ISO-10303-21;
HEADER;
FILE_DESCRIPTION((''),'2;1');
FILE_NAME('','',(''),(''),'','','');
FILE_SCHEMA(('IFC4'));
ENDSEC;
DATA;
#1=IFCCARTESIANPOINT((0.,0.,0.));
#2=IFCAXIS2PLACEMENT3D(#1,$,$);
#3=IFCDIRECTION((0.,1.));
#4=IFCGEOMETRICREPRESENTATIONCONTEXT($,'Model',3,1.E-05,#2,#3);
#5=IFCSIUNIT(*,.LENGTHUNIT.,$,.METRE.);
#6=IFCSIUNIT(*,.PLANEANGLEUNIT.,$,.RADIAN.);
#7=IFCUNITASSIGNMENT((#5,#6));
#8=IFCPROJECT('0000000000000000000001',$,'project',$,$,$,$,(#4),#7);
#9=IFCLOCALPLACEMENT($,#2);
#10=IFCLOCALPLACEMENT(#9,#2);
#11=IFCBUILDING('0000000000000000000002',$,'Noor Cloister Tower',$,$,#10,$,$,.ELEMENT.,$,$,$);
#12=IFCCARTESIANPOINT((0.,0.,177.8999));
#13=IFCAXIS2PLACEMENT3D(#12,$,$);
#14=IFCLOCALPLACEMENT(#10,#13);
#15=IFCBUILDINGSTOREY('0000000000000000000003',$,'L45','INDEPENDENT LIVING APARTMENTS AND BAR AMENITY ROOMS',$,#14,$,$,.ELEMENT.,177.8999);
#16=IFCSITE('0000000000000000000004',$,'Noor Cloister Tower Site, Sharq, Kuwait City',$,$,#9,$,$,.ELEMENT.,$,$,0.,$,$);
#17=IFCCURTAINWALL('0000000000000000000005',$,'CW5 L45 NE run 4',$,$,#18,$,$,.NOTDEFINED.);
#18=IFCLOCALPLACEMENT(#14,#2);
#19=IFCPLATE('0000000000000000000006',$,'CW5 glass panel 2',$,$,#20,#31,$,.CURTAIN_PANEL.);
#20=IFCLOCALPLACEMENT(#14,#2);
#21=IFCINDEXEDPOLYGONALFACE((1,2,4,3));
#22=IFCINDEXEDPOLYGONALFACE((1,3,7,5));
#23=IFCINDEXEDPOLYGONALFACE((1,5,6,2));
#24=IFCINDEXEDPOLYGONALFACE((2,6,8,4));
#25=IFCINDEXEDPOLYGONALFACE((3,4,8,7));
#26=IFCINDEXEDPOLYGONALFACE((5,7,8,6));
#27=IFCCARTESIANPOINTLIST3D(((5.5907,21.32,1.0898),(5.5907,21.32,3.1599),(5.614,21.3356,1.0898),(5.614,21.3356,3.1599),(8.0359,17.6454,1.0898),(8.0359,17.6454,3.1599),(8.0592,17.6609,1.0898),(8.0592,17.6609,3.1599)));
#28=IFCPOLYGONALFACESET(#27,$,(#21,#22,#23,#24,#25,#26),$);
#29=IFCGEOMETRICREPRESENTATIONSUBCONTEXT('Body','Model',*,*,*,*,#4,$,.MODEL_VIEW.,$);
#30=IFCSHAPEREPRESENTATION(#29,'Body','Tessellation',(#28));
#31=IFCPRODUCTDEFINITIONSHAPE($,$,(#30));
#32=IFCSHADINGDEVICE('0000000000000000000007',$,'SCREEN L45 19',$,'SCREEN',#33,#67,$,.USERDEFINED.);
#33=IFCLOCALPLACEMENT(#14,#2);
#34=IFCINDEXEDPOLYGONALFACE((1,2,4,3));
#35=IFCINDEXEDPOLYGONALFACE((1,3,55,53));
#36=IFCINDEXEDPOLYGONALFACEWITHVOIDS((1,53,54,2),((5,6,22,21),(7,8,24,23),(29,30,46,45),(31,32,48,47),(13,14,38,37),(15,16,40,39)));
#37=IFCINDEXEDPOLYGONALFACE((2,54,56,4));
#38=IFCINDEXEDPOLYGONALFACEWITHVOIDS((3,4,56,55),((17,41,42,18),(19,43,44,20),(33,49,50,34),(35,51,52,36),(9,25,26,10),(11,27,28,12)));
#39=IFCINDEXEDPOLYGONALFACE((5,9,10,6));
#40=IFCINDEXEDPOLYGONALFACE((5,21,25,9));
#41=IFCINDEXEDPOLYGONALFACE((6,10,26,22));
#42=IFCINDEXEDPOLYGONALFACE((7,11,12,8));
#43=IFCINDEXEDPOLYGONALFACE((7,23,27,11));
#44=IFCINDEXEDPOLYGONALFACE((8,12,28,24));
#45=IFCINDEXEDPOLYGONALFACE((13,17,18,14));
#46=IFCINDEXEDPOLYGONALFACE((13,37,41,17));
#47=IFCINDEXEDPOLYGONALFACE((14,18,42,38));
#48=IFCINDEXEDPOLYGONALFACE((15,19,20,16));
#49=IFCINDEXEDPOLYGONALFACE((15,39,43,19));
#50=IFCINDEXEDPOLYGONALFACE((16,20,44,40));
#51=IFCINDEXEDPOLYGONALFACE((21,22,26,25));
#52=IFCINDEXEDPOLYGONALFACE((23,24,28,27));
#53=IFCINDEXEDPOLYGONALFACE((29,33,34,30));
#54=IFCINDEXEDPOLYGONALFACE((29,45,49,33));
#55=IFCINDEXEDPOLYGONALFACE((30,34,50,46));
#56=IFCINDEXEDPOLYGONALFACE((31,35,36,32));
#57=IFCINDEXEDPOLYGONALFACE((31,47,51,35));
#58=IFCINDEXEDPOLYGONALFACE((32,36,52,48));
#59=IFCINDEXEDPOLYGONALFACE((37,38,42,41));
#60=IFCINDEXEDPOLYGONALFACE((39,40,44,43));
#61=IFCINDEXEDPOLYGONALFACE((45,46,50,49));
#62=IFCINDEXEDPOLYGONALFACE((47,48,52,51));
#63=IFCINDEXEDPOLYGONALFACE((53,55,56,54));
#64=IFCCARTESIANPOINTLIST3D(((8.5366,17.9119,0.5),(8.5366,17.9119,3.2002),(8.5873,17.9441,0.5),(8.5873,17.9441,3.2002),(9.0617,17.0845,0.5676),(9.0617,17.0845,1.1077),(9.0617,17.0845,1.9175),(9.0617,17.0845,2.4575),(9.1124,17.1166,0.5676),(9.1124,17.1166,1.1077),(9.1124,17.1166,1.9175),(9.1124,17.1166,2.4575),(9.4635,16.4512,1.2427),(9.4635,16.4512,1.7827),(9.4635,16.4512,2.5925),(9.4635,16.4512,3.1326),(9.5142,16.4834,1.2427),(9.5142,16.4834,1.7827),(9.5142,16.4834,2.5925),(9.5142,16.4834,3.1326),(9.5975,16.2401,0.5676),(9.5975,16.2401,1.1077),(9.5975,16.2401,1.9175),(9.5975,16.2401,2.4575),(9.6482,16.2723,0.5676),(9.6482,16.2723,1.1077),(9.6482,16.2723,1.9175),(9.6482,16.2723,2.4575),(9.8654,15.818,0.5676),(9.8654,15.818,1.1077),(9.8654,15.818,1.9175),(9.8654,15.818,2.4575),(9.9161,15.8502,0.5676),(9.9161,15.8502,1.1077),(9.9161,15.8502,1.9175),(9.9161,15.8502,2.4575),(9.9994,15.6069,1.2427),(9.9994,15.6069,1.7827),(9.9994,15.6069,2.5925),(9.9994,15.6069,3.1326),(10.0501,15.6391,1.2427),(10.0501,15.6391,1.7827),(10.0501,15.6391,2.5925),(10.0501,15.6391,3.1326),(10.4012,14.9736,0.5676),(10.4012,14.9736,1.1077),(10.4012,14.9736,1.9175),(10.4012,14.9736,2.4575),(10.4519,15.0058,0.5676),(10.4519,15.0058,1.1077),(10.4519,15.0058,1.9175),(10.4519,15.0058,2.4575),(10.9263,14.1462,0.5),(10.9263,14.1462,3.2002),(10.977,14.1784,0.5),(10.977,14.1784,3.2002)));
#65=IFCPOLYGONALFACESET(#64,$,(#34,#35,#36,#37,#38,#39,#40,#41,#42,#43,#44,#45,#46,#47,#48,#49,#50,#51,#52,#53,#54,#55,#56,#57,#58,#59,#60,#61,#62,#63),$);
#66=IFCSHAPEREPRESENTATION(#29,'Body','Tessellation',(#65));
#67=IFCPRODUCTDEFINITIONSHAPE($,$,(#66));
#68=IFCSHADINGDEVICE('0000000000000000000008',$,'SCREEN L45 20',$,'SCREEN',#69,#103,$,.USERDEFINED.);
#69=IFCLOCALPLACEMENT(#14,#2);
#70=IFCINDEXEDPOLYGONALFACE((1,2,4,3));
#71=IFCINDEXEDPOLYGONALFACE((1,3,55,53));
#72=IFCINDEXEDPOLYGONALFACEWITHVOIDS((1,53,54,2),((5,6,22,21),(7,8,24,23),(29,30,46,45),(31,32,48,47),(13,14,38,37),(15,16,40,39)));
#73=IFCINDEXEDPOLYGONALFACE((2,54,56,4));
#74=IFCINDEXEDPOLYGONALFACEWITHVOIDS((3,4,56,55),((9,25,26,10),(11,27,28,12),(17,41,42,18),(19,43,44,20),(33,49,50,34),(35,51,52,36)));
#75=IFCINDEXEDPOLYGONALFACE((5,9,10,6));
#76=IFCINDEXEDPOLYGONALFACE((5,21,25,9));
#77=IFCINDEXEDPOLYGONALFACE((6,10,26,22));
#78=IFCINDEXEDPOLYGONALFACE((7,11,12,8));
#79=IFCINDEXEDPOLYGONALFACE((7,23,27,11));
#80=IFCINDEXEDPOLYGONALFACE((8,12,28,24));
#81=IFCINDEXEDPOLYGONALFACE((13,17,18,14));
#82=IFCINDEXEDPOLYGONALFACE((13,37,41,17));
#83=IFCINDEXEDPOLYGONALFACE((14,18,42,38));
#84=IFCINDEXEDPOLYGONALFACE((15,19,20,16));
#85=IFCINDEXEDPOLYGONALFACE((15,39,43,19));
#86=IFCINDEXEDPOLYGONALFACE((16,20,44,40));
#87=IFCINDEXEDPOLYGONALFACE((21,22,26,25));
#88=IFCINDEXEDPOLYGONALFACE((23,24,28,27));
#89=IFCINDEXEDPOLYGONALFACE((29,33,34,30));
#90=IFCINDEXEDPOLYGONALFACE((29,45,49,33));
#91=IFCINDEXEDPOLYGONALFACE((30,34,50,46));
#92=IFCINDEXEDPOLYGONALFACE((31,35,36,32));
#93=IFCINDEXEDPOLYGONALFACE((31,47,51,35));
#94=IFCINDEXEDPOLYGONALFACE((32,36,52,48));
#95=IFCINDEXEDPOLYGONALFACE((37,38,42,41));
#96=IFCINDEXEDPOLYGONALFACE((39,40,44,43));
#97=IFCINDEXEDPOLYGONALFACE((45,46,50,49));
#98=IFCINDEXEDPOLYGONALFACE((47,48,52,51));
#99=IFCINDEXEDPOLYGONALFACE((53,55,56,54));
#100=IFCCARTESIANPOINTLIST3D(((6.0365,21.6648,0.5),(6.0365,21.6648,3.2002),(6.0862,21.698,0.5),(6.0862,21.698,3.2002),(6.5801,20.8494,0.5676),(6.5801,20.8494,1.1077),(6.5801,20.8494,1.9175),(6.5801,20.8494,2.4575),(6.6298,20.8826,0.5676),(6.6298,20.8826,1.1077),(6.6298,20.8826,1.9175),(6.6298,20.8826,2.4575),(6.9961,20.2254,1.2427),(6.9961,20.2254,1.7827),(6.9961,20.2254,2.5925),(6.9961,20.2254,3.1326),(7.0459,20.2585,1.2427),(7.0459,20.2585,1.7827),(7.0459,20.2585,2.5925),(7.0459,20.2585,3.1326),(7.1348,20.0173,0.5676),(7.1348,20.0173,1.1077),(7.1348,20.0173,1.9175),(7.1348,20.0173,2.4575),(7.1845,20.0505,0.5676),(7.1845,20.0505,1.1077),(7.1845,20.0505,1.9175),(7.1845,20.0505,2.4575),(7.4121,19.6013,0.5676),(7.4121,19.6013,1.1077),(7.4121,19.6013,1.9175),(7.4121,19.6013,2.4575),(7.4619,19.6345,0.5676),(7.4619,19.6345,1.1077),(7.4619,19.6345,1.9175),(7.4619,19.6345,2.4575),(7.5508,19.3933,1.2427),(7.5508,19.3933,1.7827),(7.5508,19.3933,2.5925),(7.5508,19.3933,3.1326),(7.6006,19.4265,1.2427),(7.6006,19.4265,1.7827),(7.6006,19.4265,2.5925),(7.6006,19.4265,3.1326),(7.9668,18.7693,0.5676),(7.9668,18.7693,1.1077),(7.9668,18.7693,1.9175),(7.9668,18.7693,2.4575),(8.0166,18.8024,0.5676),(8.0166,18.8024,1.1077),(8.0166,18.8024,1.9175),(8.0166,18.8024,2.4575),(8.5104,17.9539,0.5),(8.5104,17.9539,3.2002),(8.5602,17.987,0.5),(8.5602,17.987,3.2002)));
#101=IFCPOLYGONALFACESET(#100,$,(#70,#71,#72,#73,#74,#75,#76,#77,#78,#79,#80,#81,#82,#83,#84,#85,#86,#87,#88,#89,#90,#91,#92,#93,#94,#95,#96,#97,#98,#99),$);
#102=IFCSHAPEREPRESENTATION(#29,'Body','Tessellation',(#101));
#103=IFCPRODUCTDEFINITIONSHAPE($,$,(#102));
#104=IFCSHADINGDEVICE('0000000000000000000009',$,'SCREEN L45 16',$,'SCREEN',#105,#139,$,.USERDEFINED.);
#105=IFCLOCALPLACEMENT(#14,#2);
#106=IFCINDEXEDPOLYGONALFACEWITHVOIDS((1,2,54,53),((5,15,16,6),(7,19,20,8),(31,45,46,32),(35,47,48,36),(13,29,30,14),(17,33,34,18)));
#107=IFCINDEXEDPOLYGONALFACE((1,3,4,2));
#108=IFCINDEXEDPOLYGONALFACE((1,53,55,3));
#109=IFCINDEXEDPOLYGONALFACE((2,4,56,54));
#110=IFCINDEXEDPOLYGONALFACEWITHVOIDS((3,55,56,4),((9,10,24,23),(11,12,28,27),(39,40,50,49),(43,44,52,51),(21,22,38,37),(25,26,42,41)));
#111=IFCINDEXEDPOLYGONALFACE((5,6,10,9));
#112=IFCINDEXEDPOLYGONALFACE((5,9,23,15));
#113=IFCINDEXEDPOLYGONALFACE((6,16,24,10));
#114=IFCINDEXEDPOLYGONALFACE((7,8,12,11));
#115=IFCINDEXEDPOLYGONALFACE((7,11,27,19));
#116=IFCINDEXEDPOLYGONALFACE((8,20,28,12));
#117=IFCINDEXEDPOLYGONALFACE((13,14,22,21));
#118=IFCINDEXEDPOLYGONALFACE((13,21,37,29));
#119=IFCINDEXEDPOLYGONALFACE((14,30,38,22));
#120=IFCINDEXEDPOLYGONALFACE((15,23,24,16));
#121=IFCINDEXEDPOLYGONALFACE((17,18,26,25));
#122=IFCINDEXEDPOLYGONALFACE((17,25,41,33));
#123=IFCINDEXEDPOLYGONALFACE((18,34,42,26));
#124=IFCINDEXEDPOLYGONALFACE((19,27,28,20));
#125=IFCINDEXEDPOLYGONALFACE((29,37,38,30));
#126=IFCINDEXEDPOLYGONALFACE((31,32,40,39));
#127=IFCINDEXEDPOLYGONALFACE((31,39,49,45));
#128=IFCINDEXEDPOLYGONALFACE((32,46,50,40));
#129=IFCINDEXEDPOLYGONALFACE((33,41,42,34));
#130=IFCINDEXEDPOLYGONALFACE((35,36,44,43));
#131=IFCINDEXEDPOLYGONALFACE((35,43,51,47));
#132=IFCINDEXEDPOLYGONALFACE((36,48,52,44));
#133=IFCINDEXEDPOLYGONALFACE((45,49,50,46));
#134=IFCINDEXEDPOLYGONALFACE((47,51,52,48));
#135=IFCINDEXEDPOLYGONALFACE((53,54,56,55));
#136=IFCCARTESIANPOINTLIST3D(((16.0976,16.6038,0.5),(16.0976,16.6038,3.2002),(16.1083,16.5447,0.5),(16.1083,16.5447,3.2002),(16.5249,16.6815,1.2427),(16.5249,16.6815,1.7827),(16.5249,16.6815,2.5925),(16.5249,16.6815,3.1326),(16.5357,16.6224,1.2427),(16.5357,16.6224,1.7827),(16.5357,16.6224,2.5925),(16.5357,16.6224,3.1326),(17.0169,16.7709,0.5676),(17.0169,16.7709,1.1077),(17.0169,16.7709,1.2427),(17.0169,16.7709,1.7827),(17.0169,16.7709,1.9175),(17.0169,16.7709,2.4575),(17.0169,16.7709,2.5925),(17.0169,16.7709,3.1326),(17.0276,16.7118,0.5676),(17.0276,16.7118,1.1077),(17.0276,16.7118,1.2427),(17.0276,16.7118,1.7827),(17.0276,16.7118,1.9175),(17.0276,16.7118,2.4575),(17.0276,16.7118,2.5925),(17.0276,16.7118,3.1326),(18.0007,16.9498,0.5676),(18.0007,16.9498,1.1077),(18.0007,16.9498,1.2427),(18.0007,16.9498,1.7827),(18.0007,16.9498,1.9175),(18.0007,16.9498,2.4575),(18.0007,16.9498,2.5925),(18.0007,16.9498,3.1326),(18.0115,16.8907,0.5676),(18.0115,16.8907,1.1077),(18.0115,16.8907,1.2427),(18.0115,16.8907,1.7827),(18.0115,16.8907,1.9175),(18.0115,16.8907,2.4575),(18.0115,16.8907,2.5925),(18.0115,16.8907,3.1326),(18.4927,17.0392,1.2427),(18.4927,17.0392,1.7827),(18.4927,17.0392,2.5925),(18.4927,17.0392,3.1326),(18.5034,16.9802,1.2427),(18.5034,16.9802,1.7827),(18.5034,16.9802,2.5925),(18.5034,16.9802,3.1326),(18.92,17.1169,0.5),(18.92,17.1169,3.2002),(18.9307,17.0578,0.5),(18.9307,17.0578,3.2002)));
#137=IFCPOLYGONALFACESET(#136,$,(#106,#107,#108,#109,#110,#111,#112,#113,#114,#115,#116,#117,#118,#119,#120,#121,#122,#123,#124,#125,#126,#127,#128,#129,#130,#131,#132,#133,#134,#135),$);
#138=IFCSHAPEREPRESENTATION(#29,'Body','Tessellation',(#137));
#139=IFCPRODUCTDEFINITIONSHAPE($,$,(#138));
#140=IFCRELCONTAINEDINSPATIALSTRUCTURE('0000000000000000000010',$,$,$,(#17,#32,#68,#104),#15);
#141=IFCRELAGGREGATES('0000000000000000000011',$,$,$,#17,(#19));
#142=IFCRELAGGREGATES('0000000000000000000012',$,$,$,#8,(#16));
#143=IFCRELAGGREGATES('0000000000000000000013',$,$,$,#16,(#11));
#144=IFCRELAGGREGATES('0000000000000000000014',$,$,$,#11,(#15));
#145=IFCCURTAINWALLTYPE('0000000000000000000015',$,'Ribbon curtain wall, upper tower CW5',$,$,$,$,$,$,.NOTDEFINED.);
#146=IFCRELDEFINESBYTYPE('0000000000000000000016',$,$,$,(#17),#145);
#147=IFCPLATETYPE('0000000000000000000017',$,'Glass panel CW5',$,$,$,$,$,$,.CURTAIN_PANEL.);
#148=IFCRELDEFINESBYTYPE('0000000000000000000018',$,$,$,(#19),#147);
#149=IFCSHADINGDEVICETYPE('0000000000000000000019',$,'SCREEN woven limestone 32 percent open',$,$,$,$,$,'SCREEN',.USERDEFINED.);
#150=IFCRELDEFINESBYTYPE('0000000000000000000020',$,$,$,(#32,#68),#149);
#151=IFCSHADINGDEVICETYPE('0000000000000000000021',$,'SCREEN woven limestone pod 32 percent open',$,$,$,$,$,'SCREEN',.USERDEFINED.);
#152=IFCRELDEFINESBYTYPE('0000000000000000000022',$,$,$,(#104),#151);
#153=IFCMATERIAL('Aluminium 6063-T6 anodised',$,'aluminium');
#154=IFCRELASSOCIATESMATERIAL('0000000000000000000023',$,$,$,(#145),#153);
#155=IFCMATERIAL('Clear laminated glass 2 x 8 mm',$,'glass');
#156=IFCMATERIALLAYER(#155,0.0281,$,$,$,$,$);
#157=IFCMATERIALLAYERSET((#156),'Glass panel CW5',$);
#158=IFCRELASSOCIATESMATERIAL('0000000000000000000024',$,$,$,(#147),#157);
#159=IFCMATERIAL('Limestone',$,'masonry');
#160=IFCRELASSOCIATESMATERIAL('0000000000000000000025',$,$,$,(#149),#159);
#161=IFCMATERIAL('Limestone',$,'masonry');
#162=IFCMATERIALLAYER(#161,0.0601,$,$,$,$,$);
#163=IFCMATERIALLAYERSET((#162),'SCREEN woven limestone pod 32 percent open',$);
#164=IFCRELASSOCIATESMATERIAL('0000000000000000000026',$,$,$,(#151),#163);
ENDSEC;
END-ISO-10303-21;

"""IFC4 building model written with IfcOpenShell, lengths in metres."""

from ifc_helpers import new_model, si_unit, direction, frame, origin, origin_2d, place, context, subcontext, project, spatial, polyline, rectangle, outline, extrude, material, layer, layer_set, material_profile, profile_set, type_object, element, aggregate, save


model = new_model("IFC4")

# Units and contexts
model_context = context("Model", 3, precision=1e-05, world=origin(), true_north=direction((0.0, 1.0)))
body_context = subcontext(model_context, "Body", "Model", "MODEL_VIEW")
ifc_project = project(units=[si_unit("LENGTHUNIT", "METRE"), si_unit("PLANEANGLEUNIT", "RADIAN")], contexts=[model_context])

# Site, building, storey
site_placement = place(None, origin())
site = spatial("IfcSite", under=ifc_project, at=site_placement, Name="Noor Cloister Tower Site, Sharq, Kuwait City", CompositionType="ELEMENT", RefElevation=0.0)
building_placement = place(site_placement, origin())
building = spatial("IfcBuilding", under=site, at=building_placement, Name="Noor Cloister Tower", CompositionType="ELEMENT")
storey_placement = place(building_placement, frame((0.0, 0.0, 177.8999)))
storey = spatial("IfcBuildingStorey", under=building, at=storey_placement, Name="L45", Description="INDEPENDENT LIVING APARTMENTS AND BAR AMENITY ROOMS", CompositionType="ELEMENT", Elevation=177.8999)

# Curtain wall
ifc_material_1 = material(Name="Aluminium 6063-T6 anodised", Category="aluminium")
curtain_wall_type_1 = type_object("IfcCurtainWallType", Name="Ribbon curtain wall, upper tower CW5", PredefinedType="NOTDEFINED", material=ifc_material_1)
curtain_wall_1_placement = place(storey_placement, origin())
curtain_wall_1 = element("IfcCurtainWall", 1, at=curtain_wall_1_placement, inside=storey, type_object=curtain_wall_type_1, Name="CW5 L45 NE run 4", PredefinedType="NOTDEFINED")

# Plate
ifc_material_2 = material(Name="Clear laminated glass 2 x 8 mm", Category="glass")
ifc_layer_1 = layer(ifc_material_2, 0.0281)
ifc_layer_set_1 = layer_set([ifc_layer_1], Name="Glass panel CW5")
plate_type_1 = type_object("IfcPlateType", Name="Glass panel CW5", PredefinedType="CURTAIN_PANEL", material=ifc_layer_set_1)
plate_1_placement = place(storey_placement, frame((6.825, 19.4905, 1.0898), z_axis=(0.0, 0.0, 1.0), x_axis=(-0.553985, 0.832527, 0.0)))
plate_1 = element("IfcPlate", 2, at=plate_1_placement, type_object=plate_type_1, Name="CW5 glass panel 2", PredefinedType="CURTAIN_PANEL", context=body_context, shape_type="SweptSolid", body=[
    extrude(rectangle(XDim=4.4138, YDim=0.0281, at=origin_2d()), origin(), (0.0, 0.0, 1.0), 2.0701),
])
aggregate(curtain_wall_1, [plate_1])

# Shading devices
ifc_material_3 = material(Name="Limestone", Category="masonry")
ifc_material_profile_1 = material_profile(ifc_material_3, outline(polyline([(-2.23, -1.3501), (2.23, -1.3501), (2.23, 1.3501), (-2.23, 1.3501), (-2.23, -1.3501)]), holes=[polyline([(-1.25, -1.2825), (-0.25, -1.2825), (-0.25, -0.7424), (-1.25, -0.7424), (-1.25, -1.2825)]), polyline([(0.25, -1.2825), (1.25, -1.2825), (1.25, -0.7424), (0.25, -0.7424), (0.25, -1.2825)]), polyline([(-0.5, -0.6074), (0.5, -0.6074), (0.5, -0.0674), (-0.5, -0.0674), (-0.5, -0.6074)]), polyline([(-1.25, 0.0674), (-0.25, 0.0674), (-0.25, 0.6074), (-1.25, 0.6074), (-1.25, 0.0674)]), polyline([(0.25, 0.0674), (1.25, 0.0674), (1.25, 0.6074), (0.25, 0.6074), (0.25, 0.0674)]), polyline([(-0.5, 0.7424), (0.5, 0.7424), (0.5, 1.2825), (-0.5, 1.2825), (-0.5, 0.7424)])]), Name="Woven screen 32 percent open")
ifc_profile_set_1 = profile_set([ifc_material_profile_1], Name="Limestone")
shading_device_type_1 = type_object("IfcShadingDeviceType", Name="SCREEN woven limestone 32 percent open", ElementType="SCREEN", PredefinedType="USERDEFINED", material=ifc_profile_set_1)
shading_device_1_placement = place(storey_placement, frame((9.7314, 16.0291, 1.8501), z_axis=(0.844329, 0.535824, 0.0), x_axis=(-0.535824, 0.844329, 0.0)))
element("IfcShadingDevice", 3, at=shading_device_1_placement, inside=storey, type_object=shading_device_type_1, Name="SCREEN L45 19", ObjectType="SCREEN", PredefinedType="USERDEFINED", context=body_context, shape_type="SweptSolid", body=[
    extrude(outline(polyline([(-2.23, -1.3501), (2.23, -1.3501), (2.23, 1.3501), (-2.23, 1.3501), (-2.23, -1.3501)]), holes=[polyline([(-1.25, -1.2825), (-0.25, -1.2825), (-0.25, -0.7424), (-1.25, -0.7424), (-1.25, -1.2825)]), polyline([(0.25, -1.2825), (1.25, -1.2825), (1.25, -0.7424), (0.25, -0.7424), (0.25, -1.2825)]), polyline([(-0.5, -0.6074), (0.5, -0.6074), (0.5, -0.0674), (-0.5, -0.0674), (-0.5, -0.6074)]), polyline([(-1.25, 0.0674), (-0.25, 0.0674), (-0.25, 0.6074), (-1.25, 0.6074), (-1.25, 0.0674)]), polyline([(0.25, 0.0674), (1.25, 0.0674), (1.25, 0.6074), (0.25, 0.6074), (0.25, 0.0674)]), polyline([(-0.5, 0.7424), (0.5, 0.7424), (0.5, 1.2825), (-0.5, 1.2825), (-0.5, 0.7424)])]), origin(), (0.0, 0.0, 1.0), 0.0601),
])
shading_device_2_placement = place(storey_placement, frame((7.2734, 19.8093, 1.8501), z_axis=(0.83205, 0.5547, 0.0), x_axis=(-0.5547, 0.83205, 0.0)))
element("IfcShadingDevice", 4, at=shading_device_2_placement, inside=storey, type_object=shading_device_type_1, Name="SCREEN L45 20", ObjectType="SCREEN", PredefinedType="USERDEFINED", context=body_context, shape_type="SweptSolid", body=[
    extrude(outline(polyline([(-2.23, -1.3501), (2.23, -1.3501), (2.23, 1.3501), (-2.23, 1.3501), (-2.23, -1.3501)]), holes=[polyline([(-1.25, -1.2825), (-0.25, -1.2825), (-0.25, -0.7424), (-1.25, -0.7424), (-1.25, -1.2825)]), polyline([(0.25, -1.2825), (1.25, -1.2825), (1.25, -0.7424), (0.25, -0.7424), (0.25, -1.2825)]), polyline([(-0.5, -0.6074), (0.5, -0.6074), (0.5, -0.0674), (-0.5, -0.0674), (-0.5, -0.6074)]), polyline([(-1.25, 0.0674), (-0.25, 0.0674), (-0.25, 0.6074), (-1.25, 0.6074), (-1.25, 0.0674)]), polyline([(0.25, 0.0674), (1.25, 0.0674), (1.25, 0.6074), (0.25, 0.6074), (0.25, 0.0674)]), polyline([(-0.5, 0.7424), (0.5, 0.7424), (0.5, 1.2825), (-0.5, 1.2825), (-0.5, 0.7424)])]), origin(), (0.0, 0.0, 1.0), 0.0598),
])
ifc_material_4 = material(Name="Limestone", Category="masonry")
ifc_layer_2 = layer(ifc_material_4, 0.0601)
ifc_layer_set_2 = layer_set([ifc_layer_2], Name="SCREEN woven limestone pod 32 percent open")
shading_device_type_2 = type_object("IfcShadingDeviceType", Name="SCREEN woven limestone pod 32 percent open", ElementType="SCREEN", PredefinedType="USERDEFINED", material=ifc_layer_set_2)
shading_device_3_placement = place(storey_placement, frame((17.5195, 16.8013, 1.8501), z_axis=(-0.178885, 0.98387, 0.0), x_axis=(-0.98387, -0.178885, 0.0)))
element("IfcShadingDevice", 5, at=shading_device_3_placement, inside=storey, type_object=shading_device_type_2, Name="SCREEN L45 16", ObjectType="SCREEN", PredefinedType="USERDEFINED", context=body_context, shape_type="SweptSolid", body=[
    extrude(outline(polyline([(-1.4343, -1.3501), (1.4343, -1.3501), (1.4343, 1.3501), (-1.4343, 1.3501), (-1.4343, -1.3501)]), holes=[polyline([(-0.5, -1.2825), (0.5, -1.2825), (0.5, -0.7424), (-0.5, -0.7424), (-0.5, -1.2825)]), polyline([(-1.0, -0.6074), (-0.5, -0.6074), (-0.5, -0.0674), (-1.0, -0.0674), (-1.0, -0.6074)]), polyline([(0.5, -0.6074), (1.0, -0.6074), (1.0, -0.0674), (0.5, -0.0674), (0.5, -0.6074)]), polyline([(-0.5, 0.0674), (0.5, 0.0674), (0.5, 0.6074), (-0.5, 0.6074), (-0.5, 0.0674)]), polyline([(-1.0, 0.7424), (-0.5, 0.7424), (-0.5, 1.2825), (-1.0, 1.2825), (-1.0, 0.7424)]), polyline([(0.5, 0.7424), (1.0, 0.7424), (1.0, 1.2825), (0.5, 1.2825), (0.5, 0.7424)])]), origin(), (0.0, 0.0, 1.0), 0.0601),
])

save(model, "model.ifc")
